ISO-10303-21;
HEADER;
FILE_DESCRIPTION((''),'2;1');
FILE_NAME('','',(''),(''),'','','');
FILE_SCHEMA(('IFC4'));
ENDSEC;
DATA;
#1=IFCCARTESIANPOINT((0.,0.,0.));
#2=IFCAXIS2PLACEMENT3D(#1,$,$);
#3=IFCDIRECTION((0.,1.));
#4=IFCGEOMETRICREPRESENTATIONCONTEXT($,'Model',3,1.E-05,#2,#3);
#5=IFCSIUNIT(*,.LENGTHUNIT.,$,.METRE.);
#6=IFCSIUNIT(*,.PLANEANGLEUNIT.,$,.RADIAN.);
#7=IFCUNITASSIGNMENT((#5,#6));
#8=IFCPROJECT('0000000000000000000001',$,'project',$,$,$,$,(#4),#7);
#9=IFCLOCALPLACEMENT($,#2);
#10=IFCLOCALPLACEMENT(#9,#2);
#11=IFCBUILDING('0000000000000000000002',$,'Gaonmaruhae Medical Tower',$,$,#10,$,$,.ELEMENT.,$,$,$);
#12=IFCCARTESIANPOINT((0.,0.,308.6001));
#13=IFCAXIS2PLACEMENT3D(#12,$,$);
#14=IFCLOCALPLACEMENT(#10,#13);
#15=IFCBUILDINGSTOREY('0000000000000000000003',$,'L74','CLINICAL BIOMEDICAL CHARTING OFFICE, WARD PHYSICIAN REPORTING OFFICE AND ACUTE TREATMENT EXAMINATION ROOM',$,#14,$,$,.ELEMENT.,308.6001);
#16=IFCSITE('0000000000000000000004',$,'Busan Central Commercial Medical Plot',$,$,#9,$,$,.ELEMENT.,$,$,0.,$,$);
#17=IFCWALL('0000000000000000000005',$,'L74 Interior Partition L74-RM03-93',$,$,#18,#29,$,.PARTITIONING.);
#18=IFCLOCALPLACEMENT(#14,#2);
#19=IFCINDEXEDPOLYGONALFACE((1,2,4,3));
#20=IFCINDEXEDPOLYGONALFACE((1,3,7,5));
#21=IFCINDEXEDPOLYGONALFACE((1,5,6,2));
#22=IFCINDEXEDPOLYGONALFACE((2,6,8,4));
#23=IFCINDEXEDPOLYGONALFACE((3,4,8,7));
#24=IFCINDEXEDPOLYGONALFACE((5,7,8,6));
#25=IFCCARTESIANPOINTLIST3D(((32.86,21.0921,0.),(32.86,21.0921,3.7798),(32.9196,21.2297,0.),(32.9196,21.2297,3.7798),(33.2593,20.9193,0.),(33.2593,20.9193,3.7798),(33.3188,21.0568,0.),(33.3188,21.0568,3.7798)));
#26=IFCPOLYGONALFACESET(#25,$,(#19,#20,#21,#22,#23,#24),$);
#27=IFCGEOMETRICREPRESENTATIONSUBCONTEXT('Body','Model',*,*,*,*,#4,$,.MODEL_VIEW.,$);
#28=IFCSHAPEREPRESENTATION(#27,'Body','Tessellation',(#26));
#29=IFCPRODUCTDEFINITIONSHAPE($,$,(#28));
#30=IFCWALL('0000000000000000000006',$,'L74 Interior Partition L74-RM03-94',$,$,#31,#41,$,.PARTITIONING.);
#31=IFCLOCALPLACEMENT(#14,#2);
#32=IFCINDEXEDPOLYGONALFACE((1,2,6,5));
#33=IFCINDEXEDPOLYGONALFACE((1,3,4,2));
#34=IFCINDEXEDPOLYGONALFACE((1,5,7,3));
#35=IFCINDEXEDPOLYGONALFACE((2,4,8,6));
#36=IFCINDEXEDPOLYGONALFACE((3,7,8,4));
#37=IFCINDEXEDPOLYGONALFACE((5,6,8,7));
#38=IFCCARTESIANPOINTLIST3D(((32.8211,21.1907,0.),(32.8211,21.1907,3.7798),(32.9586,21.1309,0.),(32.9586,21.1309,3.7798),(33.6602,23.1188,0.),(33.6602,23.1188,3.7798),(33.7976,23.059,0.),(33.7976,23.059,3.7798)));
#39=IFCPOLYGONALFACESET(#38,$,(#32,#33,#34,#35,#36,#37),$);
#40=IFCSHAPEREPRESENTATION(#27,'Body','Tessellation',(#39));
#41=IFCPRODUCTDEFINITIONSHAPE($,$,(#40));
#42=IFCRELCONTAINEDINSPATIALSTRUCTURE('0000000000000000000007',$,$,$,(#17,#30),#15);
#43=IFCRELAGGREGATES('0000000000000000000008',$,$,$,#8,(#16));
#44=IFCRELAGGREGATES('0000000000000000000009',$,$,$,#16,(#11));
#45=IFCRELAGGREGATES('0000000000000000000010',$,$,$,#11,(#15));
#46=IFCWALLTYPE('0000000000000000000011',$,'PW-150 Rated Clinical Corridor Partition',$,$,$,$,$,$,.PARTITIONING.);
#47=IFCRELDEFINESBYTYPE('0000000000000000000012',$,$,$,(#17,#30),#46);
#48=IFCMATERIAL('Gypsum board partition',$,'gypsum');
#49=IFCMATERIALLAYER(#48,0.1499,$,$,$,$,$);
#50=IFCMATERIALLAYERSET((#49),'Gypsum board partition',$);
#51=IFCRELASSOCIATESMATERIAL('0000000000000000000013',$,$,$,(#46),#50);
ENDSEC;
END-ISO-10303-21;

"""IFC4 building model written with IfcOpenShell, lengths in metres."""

from ifc_helpers import new_model, si_unit, direction, frame, frame_2d, origin, place, context, subcontext, project, spatial, rectangle, extrude, material, layer, layer_set, type_object, element, save


model = new_model("IFC4")

# Units and contexts
model_context = context("Model", 3, precision=1e-05, world=origin(), true_north=direction((0.0, 1.0)))
body_context = subcontext(model_context, "Body", "Model", "MODEL_VIEW")
ifc_project = project(units=[si_unit("LENGTHUNIT", "METRE"), si_unit("PLANEANGLEUNIT", "RADIAN")], contexts=[model_context])

# Site, building, storey
site_placement = place(None, origin())
site = spatial("IfcSite", under=ifc_project, at=site_placement, Name="Busan Central Commercial Medical Plot", CompositionType="ELEMENT", RefElevation=0.0)
building_placement = place(site_placement, origin())
building = spatial("IfcBuilding", under=site, at=building_placement, Name="Gaonmaruhae Medical Tower", CompositionType="ELEMENT")
storey_placement = place(building_placement, frame((0.0, 0.0, 308.6001)))
storey = spatial("IfcBuildingStorey", under=building, at=storey_placement, Name="L74", Description="CLINICAL BIOMEDICAL CHARTING OFFICE, WARD PHYSICIAN REPORTING OFFICE AND ACUTE TREATMENT EXAMINATION ROOM", CompositionType="ELEMENT", Elevation=308.6001)

# Shared definitions
ifc_material_1 = material(Name="Gypsum board partition", Category="gypsum")
ifc_layer_1 = layer(ifc_material_1, 0.1499)
ifc_layer_set_1 = layer_set([ifc_layer_1], Name="Gypsum board partition")
wall_type_1 = type_object("IfcWallType", Name="PW-150 Rated Clinical Corridor Partition", PredefinedType="PARTITIONING", material=ifc_layer_set_1)

# Walls
wall_1_placement = place(storey_placement, frame((33.2891, 20.988, 0.0), z_axis=(0.0, 0.0, 1.0), x_axis=(-0.917658, 0.397371, 0.0)))
element("IfcWall", 1, at=wall_1_placement, inside=storey, type_object=wall_type_1, Name="L74 Interior Partition L74-RM03-93", PredefinedType="PARTITIONING", context=body_context, shape_type="SweptSolid", body=[
    extrude(rectangle(XDim=0.4351, YDim=0.1499, at=frame_2d((0.2175, 0.0))), origin(), (0.0, 0.0, 1.0), 3.7798),
])
wall_2_placement = place(storey_placement, frame((32.8899, 21.1609, 0.0), z_axis=(0.0, 0.0, 1.0), x_axis=(0.399028, 0.916939, 0.0)))
element("IfcWall", 2, at=wall_2_placement, inside=storey, type_object=wall_type_1, Name="L74 Interior Partition L74-RM03-94", PredefinedType="PARTITIONING", context=body_context, shape_type="SweptSolid", body=[
    extrude(rectangle(XDim=2.1028, YDim=0.1499, at=frame_2d((1.0513, 0.0))), origin(), (0.0, 0.0, 1.0), 3.7798),
])

save(model, "model.ifc")
